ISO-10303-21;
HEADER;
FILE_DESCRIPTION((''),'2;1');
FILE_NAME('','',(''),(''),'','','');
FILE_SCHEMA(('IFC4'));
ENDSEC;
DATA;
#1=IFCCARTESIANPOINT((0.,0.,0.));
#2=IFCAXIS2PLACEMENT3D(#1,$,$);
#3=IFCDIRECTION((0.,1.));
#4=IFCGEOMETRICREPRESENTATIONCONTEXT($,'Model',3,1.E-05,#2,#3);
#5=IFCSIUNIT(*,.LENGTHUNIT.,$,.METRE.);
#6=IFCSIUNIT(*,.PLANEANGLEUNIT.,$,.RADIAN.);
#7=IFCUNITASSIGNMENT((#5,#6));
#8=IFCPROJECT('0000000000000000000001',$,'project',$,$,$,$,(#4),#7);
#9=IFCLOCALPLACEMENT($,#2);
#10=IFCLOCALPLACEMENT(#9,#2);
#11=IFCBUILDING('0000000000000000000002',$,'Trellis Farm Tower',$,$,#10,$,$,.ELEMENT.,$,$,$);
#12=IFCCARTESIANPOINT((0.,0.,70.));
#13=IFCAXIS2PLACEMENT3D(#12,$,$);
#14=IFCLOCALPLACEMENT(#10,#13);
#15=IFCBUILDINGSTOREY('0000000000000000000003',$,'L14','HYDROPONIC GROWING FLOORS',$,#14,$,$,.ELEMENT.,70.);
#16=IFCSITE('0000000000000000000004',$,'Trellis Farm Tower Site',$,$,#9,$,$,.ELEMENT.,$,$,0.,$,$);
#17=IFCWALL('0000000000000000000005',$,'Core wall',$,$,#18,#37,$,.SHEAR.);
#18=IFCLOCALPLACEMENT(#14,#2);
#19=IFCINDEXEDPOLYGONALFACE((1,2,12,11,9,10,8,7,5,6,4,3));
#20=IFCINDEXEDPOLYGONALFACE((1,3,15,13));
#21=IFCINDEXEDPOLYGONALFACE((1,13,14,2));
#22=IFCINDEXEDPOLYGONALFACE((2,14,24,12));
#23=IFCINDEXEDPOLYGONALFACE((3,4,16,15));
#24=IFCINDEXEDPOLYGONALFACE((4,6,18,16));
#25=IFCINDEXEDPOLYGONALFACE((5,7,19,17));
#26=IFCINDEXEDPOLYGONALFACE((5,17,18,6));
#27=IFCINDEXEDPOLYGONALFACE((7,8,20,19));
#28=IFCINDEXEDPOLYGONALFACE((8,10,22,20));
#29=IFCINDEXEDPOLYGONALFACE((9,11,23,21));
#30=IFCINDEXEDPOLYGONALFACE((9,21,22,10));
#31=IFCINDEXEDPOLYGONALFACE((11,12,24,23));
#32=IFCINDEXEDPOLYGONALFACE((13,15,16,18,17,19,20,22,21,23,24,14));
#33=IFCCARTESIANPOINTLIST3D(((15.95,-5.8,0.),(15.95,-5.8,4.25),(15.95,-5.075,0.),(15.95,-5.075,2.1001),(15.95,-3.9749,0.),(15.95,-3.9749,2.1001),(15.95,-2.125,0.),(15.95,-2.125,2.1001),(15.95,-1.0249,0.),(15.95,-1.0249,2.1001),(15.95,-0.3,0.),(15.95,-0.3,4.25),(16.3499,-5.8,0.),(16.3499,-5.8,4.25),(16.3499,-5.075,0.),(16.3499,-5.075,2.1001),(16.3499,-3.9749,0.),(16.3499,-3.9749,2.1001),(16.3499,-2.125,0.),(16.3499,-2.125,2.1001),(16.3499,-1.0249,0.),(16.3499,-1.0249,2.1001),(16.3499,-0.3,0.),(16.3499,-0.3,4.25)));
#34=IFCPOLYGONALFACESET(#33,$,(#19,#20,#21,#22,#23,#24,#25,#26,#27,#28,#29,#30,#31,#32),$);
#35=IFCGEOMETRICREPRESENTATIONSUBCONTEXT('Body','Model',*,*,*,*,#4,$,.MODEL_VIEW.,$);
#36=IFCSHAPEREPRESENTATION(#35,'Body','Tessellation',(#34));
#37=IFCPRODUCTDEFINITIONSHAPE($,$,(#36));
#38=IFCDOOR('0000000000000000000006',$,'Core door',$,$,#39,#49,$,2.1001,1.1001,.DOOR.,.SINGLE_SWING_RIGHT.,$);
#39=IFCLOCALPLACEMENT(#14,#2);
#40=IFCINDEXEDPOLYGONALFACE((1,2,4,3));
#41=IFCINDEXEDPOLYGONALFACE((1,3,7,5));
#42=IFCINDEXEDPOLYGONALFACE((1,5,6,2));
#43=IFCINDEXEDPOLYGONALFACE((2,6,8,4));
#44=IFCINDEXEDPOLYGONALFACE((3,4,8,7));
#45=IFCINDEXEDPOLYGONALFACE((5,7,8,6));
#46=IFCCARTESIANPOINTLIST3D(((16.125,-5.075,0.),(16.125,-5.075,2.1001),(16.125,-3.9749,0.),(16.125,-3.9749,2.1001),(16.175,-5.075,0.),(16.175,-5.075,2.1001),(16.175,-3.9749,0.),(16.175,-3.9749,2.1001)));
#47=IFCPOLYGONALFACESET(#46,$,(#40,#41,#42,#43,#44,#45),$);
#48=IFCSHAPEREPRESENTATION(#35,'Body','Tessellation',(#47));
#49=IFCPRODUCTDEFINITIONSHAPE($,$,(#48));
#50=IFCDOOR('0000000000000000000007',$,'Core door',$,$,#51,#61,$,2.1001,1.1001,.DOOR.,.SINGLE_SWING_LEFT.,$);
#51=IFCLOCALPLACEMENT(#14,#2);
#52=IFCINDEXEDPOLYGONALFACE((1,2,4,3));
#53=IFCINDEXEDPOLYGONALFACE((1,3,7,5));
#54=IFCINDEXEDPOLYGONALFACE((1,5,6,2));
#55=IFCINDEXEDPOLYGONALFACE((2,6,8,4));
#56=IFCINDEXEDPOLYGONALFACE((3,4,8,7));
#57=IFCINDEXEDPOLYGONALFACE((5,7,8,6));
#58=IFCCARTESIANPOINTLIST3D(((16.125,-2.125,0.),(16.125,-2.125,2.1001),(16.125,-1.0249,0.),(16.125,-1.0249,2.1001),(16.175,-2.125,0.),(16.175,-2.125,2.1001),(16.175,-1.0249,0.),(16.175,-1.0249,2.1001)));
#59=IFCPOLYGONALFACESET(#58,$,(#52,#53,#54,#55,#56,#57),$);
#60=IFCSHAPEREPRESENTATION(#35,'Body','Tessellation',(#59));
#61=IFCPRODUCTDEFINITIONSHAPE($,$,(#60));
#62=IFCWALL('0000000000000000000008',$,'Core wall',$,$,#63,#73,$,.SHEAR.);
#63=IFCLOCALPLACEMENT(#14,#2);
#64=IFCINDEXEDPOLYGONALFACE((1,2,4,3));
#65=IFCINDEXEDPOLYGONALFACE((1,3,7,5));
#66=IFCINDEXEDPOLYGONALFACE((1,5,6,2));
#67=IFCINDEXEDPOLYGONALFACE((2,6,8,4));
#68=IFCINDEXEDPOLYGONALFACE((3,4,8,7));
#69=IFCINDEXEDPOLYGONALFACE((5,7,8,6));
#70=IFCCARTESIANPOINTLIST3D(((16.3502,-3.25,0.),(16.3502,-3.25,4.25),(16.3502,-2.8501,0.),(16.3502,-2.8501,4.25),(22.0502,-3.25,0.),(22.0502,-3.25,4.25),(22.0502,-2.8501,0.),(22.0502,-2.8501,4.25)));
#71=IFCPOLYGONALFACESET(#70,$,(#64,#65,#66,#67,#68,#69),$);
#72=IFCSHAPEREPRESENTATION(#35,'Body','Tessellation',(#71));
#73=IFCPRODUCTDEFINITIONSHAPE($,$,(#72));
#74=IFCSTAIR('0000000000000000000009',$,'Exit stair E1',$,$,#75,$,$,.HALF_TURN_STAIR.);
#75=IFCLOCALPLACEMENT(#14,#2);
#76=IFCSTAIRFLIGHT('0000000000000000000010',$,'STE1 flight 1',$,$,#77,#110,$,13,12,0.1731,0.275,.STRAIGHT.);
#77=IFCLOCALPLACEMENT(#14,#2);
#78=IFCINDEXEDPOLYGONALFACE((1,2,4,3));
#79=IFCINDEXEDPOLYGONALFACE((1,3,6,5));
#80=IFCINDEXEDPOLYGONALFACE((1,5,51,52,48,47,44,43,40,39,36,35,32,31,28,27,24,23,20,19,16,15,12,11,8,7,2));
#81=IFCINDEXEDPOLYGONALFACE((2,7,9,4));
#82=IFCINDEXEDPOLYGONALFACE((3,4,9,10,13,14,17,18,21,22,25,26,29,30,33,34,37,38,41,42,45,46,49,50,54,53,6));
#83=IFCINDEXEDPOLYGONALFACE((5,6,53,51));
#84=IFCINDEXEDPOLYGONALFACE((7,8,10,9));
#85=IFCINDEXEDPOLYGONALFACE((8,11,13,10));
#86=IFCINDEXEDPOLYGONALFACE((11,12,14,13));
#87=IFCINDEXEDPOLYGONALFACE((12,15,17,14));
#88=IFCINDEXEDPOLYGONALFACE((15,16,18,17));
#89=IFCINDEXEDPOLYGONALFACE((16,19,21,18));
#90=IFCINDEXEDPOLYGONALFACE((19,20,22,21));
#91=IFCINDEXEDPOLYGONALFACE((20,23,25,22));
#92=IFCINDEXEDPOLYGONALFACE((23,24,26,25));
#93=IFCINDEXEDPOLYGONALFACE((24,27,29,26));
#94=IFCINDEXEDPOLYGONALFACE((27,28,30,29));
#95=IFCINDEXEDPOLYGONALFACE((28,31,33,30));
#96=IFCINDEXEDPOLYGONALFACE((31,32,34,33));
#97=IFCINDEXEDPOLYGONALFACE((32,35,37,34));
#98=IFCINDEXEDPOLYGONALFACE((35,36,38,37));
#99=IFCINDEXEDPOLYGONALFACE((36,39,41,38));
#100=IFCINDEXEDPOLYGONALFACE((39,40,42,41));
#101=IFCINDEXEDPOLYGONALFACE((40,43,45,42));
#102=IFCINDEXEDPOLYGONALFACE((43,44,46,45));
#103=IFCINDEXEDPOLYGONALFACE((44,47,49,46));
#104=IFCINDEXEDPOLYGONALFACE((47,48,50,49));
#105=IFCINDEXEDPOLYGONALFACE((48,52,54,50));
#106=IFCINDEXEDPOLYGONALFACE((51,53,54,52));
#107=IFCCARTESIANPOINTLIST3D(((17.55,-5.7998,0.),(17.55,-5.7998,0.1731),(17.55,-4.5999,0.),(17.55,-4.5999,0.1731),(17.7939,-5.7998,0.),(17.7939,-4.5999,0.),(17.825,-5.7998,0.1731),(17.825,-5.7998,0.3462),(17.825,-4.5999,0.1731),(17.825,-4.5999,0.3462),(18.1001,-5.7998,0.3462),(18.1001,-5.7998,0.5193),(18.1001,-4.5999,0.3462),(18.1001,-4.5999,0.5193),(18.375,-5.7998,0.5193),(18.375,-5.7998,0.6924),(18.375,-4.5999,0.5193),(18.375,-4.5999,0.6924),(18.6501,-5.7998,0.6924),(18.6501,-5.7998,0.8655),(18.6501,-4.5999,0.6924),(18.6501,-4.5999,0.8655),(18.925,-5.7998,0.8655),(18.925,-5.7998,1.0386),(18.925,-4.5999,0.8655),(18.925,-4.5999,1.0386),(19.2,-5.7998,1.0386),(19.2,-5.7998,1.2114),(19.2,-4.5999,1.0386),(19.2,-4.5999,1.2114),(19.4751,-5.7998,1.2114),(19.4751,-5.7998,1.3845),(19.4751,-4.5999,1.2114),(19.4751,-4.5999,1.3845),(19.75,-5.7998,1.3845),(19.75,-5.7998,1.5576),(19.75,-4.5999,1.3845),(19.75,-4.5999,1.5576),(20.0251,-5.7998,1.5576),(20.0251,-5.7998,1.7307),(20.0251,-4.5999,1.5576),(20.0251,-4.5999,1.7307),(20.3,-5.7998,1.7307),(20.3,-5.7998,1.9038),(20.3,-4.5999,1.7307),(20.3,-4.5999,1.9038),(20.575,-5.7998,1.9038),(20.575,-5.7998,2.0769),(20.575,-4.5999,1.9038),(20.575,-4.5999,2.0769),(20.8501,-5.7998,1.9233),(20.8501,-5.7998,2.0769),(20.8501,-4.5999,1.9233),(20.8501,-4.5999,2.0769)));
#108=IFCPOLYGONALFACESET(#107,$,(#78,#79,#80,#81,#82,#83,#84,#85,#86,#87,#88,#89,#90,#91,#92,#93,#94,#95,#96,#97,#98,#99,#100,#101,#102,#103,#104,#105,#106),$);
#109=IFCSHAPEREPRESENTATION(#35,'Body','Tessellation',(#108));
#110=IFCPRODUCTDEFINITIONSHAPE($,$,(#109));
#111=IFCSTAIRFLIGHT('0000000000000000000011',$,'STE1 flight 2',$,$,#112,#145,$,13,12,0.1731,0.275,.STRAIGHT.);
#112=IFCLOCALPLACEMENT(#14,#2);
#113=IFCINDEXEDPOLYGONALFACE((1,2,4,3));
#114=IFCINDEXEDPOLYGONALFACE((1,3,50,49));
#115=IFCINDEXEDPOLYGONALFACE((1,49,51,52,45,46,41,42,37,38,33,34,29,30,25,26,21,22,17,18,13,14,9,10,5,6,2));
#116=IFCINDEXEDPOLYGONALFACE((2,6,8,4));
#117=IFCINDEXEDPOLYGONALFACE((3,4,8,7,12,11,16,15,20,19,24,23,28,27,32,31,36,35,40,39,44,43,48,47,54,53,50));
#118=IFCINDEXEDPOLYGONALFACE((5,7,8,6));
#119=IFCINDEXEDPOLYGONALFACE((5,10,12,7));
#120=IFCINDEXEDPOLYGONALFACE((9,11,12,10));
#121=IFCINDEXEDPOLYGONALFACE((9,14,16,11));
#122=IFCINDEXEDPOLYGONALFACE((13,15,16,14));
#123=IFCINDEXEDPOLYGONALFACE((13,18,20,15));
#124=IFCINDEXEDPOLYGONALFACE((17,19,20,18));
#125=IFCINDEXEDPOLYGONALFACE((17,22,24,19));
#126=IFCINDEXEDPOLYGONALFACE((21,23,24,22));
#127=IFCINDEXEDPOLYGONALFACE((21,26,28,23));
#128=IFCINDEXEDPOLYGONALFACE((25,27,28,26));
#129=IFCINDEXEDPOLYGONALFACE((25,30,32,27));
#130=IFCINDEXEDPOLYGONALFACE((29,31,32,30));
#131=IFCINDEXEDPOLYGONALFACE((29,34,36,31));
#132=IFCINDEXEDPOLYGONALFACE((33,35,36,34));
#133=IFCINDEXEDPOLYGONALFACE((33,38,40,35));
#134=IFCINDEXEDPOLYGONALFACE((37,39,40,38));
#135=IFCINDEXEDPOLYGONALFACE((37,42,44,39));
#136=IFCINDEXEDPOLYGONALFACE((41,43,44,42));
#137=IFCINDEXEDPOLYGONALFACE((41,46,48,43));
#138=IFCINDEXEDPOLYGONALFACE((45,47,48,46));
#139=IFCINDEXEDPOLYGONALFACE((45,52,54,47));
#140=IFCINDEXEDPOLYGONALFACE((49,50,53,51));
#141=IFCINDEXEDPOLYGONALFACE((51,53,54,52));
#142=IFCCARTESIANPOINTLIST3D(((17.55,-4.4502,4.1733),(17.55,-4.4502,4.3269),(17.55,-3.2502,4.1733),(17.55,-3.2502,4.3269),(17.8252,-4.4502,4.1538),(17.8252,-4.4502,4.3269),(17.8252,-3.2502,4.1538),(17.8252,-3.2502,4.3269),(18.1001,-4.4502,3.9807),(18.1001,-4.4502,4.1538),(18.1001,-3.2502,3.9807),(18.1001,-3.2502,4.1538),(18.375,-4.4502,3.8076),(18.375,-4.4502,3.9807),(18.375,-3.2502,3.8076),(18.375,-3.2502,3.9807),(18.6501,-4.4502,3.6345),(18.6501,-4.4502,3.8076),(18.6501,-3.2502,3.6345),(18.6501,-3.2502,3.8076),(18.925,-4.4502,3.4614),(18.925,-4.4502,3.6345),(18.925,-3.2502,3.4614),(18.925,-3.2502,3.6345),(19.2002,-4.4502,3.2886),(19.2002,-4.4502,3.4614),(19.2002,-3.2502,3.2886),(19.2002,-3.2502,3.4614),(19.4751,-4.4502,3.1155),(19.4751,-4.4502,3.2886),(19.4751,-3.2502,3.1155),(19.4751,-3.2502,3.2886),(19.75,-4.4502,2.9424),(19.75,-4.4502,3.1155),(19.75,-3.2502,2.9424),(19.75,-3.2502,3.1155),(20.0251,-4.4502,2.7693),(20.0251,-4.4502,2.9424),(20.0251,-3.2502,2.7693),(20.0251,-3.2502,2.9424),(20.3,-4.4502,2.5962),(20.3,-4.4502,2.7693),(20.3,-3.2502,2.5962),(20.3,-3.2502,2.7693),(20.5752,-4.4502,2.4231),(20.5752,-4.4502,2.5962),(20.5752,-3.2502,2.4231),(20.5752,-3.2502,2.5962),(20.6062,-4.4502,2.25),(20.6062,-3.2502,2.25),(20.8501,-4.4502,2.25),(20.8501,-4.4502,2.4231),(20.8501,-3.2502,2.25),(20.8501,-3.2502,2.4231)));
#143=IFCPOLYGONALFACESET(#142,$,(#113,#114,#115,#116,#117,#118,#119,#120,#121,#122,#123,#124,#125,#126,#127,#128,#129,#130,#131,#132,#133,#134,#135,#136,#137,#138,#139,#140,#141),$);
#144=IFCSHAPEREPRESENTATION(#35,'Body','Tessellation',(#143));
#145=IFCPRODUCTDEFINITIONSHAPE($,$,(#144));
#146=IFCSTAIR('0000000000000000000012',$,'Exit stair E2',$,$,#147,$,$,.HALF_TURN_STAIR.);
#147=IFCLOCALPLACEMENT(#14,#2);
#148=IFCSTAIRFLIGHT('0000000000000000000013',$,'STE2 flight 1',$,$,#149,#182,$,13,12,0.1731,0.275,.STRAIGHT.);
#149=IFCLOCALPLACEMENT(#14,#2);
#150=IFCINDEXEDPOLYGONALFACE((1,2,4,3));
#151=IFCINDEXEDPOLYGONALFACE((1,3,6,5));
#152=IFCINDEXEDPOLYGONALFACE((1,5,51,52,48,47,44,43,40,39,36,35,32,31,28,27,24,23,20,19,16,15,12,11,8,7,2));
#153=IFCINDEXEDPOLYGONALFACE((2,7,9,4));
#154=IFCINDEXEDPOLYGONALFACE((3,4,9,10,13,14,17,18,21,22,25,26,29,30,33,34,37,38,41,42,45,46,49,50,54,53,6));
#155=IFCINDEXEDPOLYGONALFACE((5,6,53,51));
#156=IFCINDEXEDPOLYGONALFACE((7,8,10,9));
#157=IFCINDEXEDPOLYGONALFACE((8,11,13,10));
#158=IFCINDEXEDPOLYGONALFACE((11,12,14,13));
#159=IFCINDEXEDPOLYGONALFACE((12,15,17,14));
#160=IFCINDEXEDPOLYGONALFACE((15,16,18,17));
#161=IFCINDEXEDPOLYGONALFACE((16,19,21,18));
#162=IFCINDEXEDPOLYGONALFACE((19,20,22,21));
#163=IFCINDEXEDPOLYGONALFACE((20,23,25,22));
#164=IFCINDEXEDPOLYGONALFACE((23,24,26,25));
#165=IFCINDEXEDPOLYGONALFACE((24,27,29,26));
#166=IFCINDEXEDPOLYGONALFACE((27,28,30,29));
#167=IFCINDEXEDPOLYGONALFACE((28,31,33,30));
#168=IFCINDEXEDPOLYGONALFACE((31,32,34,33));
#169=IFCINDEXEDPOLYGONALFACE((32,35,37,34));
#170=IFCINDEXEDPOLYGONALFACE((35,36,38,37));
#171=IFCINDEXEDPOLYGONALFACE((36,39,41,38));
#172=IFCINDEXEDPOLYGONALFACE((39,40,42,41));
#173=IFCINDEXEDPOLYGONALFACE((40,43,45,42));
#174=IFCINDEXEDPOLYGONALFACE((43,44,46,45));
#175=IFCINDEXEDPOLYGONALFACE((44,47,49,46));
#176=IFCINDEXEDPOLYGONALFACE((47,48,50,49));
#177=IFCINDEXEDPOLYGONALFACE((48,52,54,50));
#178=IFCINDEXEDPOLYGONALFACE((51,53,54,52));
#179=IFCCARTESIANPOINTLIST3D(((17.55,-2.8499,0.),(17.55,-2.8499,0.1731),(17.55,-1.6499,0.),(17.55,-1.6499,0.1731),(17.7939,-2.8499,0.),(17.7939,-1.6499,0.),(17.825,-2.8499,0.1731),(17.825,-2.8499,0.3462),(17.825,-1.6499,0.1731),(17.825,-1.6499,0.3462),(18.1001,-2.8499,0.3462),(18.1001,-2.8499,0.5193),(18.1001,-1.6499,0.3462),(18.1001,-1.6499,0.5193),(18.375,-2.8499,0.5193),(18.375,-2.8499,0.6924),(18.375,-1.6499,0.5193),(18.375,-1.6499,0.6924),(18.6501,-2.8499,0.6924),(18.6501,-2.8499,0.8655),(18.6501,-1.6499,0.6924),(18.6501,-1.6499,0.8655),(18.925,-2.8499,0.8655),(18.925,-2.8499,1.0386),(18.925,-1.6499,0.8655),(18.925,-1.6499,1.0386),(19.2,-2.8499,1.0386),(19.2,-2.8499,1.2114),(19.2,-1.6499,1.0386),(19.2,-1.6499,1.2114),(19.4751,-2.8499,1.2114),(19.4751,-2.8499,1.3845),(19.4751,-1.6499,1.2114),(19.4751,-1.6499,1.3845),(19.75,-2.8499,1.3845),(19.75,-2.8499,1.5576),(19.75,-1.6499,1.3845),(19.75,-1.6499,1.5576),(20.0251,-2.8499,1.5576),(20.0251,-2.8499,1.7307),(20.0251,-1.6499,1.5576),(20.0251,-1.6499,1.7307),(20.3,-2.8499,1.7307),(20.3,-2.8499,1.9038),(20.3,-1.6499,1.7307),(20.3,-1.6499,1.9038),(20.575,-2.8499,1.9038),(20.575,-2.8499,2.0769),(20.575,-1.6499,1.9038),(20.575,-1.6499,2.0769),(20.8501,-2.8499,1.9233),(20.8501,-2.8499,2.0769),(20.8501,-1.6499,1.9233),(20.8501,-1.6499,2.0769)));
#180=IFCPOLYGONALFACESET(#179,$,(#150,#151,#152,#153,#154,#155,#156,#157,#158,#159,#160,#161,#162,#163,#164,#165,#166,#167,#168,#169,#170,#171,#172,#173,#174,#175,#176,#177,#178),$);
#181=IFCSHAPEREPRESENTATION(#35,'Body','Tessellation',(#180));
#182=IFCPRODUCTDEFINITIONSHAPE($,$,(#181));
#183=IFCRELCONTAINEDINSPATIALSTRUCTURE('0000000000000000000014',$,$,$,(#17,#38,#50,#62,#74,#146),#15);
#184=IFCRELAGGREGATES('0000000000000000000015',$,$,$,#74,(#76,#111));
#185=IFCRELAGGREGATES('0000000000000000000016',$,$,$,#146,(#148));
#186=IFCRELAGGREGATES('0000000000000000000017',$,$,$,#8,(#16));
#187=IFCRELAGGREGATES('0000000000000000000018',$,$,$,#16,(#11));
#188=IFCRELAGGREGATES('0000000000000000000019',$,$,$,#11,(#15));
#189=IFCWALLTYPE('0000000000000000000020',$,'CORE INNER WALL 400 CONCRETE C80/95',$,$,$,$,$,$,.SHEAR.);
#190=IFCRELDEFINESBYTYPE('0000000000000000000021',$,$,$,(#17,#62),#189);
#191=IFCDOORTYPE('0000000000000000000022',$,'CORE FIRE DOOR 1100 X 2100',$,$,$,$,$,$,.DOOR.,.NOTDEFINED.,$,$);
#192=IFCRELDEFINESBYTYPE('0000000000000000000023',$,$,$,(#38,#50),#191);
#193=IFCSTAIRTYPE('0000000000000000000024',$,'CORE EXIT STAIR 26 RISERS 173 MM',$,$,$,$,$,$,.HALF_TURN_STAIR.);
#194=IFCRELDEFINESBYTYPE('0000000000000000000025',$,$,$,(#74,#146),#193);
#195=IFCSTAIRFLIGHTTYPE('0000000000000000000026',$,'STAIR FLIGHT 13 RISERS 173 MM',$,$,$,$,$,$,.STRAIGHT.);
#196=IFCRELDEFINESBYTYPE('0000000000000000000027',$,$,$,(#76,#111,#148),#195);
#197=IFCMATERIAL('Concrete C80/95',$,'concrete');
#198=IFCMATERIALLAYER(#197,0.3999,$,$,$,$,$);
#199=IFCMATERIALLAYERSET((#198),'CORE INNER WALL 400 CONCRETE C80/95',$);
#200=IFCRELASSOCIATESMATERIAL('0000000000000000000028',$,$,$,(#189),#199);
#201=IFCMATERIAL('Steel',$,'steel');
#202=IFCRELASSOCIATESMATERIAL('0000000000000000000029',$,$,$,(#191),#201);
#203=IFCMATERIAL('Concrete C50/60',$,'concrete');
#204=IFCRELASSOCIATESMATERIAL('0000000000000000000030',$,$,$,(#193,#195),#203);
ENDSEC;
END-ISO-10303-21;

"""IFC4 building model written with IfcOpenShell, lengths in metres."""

from ifc_helpers import new_model, si_unit, direction, frame, frame_2d, origin, place, context, subcontext, project, spatial, polyline, rectangle, outline, extrude, source, transform, mapped, material, layer, layer_set, type_object, element, fill, aggregate, save


model = new_model("IFC4")

# Units and contexts
model_context = context("Model", 3, precision=1e-05, world=origin(), true_north=direction((0.0, 1.0)))
body_context = subcontext(model_context, "Body", "Model", "MODEL_VIEW")
ifc_project = project(units=[si_unit("LENGTHUNIT", "METRE"), si_unit("PLANEANGLEUNIT", "RADIAN")], contexts=[model_context])

# Site, building, storey
site_placement = place(None, origin())
site = spatial("IfcSite", under=ifc_project, at=site_placement, Name="Trellis Farm Tower Site", CompositionType="ELEMENT", RefElevation=0.0)
building_placement = place(site_placement, origin())
building = spatial("IfcBuilding", under=site, at=building_placement, Name="Trellis Farm Tower", CompositionType="ELEMENT")
storey_placement = place(building_placement, frame((0.0, 0.0, 70.0)))
storey = spatial("IfcBuildingStorey", under=building, at=storey_placement, Name="L14", Description="HYDROPONIC GROWING FLOORS", CompositionType="ELEMENT", Elevation=70.0)

# Shared definitions
ifc_material_1 = material(Name="Concrete C80/95", Category="concrete")

# Shared definitions
placement = place(storey_placement, origin())

# Shared definitions
ifc_layer_1 = layer(ifc_material_1, 0.3999)
ifc_layer_set_1 = layer_set([ifc_layer_1], Name="CORE INNER WALL 400 CONCRETE C80/95")
wall_type_1 = type_object("IfcWallType", Name="CORE INNER WALL 400 CONCRETE C80/95", PredefinedType="SHEAR", material=ifc_layer_set_1)

# Wall, openings, doors
shared_shape_1 = source(origin(), body_context, "Body", "SweptSolid", [
    extrude(rectangle(XDim=5.5, YDim=0.3999, at=frame_2d((2.75, 0.0))), origin(), (0.0, 0.0, 1.0), 4.25),
])
wall_1_placement = place(storey_placement, frame((16.1499, -5.8, 0.0), z_axis=(0.0, 0.0, 1.0), x_axis=(0.0, 1.0, 0.0)))
wall_1 = element("IfcWall", 1, at=wall_1_placement, inside=storey, type_object=wall_type_1, Name="Core wall", PredefinedType="SHEAR", context=body_context, shape_type="MappedRepresentation", body=[
    mapped(shared_shape_1, transform((0.0, 0.0, 0.0))),
])
shared_shape_2 = source(origin(), body_context, "Body", "SweptSolid", [
    extrude(rectangle(XDim=1.1001, YDim=2.1001, at=frame_2d((0.55, 1.05))), frame((0.0, 0.21, 0.0), z_axis=(0.0, -1.0, 0.0), x_axis=(1.0, 0.0, 0.0)), (0.0, 0.0, 1.0), 0.4199),
])
opening_1_placement = place(wall_1_placement, frame((0.7251, 0.0, 0.0)))
opening_1 = element("IfcOpeningElement", 2, at=opening_1_placement, cuts=wall_1, PredefinedType="OPENING", context=body_context, shape_type="MappedRepresentation", body=[
    mapped(shared_shape_2, transform((0.0, 0.0, 0.0))),
])
opening_2_placement = place(wall_1_placement, frame((3.675, 0.0, 0.0)))
opening_2 = element("IfcOpeningElement", 3, at=opening_2_placement, cuts=wall_1, PredefinedType="OPENING", context=body_context, shape_type="MappedRepresentation", body=[
    mapped(shared_shape_2, transform((0.0, 0.0, 0.0))),
])
ifc_material_2 = material(Name="Steel", Category="steel")
door_type = type_object("IfcDoorType", Name="CORE FIRE DOOR 1100 X 2100", OperationType="NOTDEFINED", PredefinedType="DOOR", material=ifc_material_2)
shared_shape_3 = source(origin(), body_context, "Body", "SweptSolid", [
    extrude(rectangle(XDim=1.1001, YDim=2.1001, at=frame_2d((0.55, 1.05))), frame((0.0, 0.0249, 0.0), z_axis=(0.0, -1.0, 0.0), x_axis=(1.0, 0.0, 0.0)), (0.0, 0.0, 1.0), 0.05),
])
door_1_placement = place(opening_1_placement, origin())
door_1 = element("IfcDoor", 4, at=door_1_placement, inside=storey, type_object=door_type, Name="Core door", OperationType="SINGLE_SWING_RIGHT", OverallHeight=2.1001, OverallWidth=1.1001, PredefinedType="DOOR", context=body_context, shape_type="MappedRepresentation", body=[
    mapped(shared_shape_3, transform((0.0, 0.0, 0.0))),
])
fill(opening_1, door_1)
door_2_placement = place(opening_2_placement, origin())
door_2 = element("IfcDoor", 5, at=door_2_placement, inside=storey, type_object=door_type, Name="Core door", OperationType="SINGLE_SWING_LEFT", OverallHeight=2.1001, OverallWidth=1.1001, PredefinedType="DOOR", context=body_context, shape_type="MappedRepresentation", body=[
    mapped(shared_shape_3, transform((0.0, 0.0, 0.0))),
])
fill(opening_2, door_2)

# Wall
shared_shape_4 = source(origin(), body_context, "Body", "SweptSolid", [
    extrude(rectangle(XDim=5.7, YDim=0.3999, at=frame_2d((2.8501, 0.0))), origin(), (0.0, 0.0, 1.0), 4.25),
])
wall_2_placement = place(storey_placement, frame((16.3501, -3.05, 0.0), z_axis=(0.0, 0.0, 1.0), x_axis=(1.0, 0.0, 0.0)))
element("IfcWall", 6, at=wall_2_placement, inside=storey, type_object=wall_type_1, Name="Core wall", PredefinedType="SHEAR", context=body_context, shape_type="MappedRepresentation", body=[
    mapped(shared_shape_4, transform((0.0, 0.0, 0.0))),
])

# Stairs, stair flights
ifc_material_3 = material(Name="Concrete C50/60", Category="concrete")
stair_type = type_object("IfcStairType", Name="CORE EXIT STAIR 26 RISERS 173 MM", PredefinedType="HALF_TURN_STAIR", material=ifc_material_3)
stair_1 = element("IfcStair", 7, at=placement, inside=storey, type_object=stair_type, Name="Exit stair E1", PredefinedType="HALF_TURN_STAIR")
stair_flight_type = type_object("IfcStairFlightType", Name="STAIR FLIGHT 13 RISERS 173 MM", PredefinedType="STRAIGHT", material=ifc_material_3)
shared_shape_5 = source(origin(), body_context, "Body", "SweptSolid", [
    extrude(outline(polyline([(0.0, 0.0), (0.0, 0.1731), (0.2749, 0.1731), (0.2749, 0.3462), (0.55, 0.3462), (0.55, 0.5193), (0.825, 0.5193), (0.825, 0.6924), (1.1001, 0.6924), (1.1001, 0.8655), (1.375, 0.8655), (1.375, 1.0386), (1.6499, 1.0386), (1.6499, 1.2114), (1.925, 1.2114), (1.925, 1.3845), (2.2, 1.3845), (2.2, 1.5576), (2.4751, 1.5576), (2.4751, 1.7307), (2.75, 1.7307), (2.75, 1.9038), (3.0249, 1.9038), (3.0249, 2.0769), (3.3, 2.0769), (3.3, 2.25), (3.3, 1.9233), (0.2439, 0.0), (0.0, 0.0)])), frame((0.0, 0.6001, 0.0), z_axis=(0.0, -1.0, 0.0), x_axis=(1.0, 0.0, 0.0)), (0.0, 0.0, 1.0), 1.2),
])
stair_flight_1_placement = place(storey_placement, frame((17.55, -5.2, 0.0), z_axis=(0.0, 0.0, 1.0), x_axis=(1.0, 0.0, 0.0)))
stair_flight_1 = element("IfcStairFlight", 8, at=stair_flight_1_placement, type_object=stair_flight_type, Name="STE1 flight 1", NumberOfRisers=13, NumberOfTreads=12, PredefinedType="STRAIGHT", RiserHeight=0.1731, TreadLength=0.275, context=body_context, shape_type="MappedRepresentation", body=[
    mapped(shared_shape_5, transform((0.0, 0.0, 0.0))),
])
stair_flight_2_placement = place(storey_placement, frame((20.8501, -3.8501, 2.25), z_axis=(0.0, 0.0, 1.0), x_axis=(-1.0, 0.0, 0.0)))
stair_flight_2 = element("IfcStairFlight", 9, at=stair_flight_2_placement, type_object=stair_flight_type, Name="STE1 flight 2", NumberOfRisers=13, NumberOfTreads=12, PredefinedType="STRAIGHT", RiserHeight=0.1731, TreadLength=0.275, context=body_context, shape_type="MappedRepresentation", body=[
    mapped(shared_shape_5, transform((0.0, 0.0, 0.0))),
])
aggregate(stair_1, [stair_flight_1, stair_flight_2])
stair_2 = element("IfcStair", 10, at=placement, inside=storey, type_object=stair_type, Name="Exit stair E2", PredefinedType="HALF_TURN_STAIR")
stair_flight_3_placement = place(storey_placement, frame((17.55, -2.25, 0.0), z_axis=(0.0, 0.0, 1.0), x_axis=(1.0, 0.0, 0.0)))
stair_flight_3 = element("IfcStairFlight", 11, at=stair_flight_3_placement, type_object=stair_flight_type, Name="STE2 flight 1", NumberOfRisers=13, NumberOfTreads=12, PredefinedType="STRAIGHT", RiserHeight=0.1731, TreadLength=0.275, context=body_context, shape_type="MappedRepresentation", body=[
    mapped(shared_shape_5, transform((0.0, 0.0, 0.0))),
])
aggregate(stair_2, [stair_flight_3])

save(model, "model.ifc")
